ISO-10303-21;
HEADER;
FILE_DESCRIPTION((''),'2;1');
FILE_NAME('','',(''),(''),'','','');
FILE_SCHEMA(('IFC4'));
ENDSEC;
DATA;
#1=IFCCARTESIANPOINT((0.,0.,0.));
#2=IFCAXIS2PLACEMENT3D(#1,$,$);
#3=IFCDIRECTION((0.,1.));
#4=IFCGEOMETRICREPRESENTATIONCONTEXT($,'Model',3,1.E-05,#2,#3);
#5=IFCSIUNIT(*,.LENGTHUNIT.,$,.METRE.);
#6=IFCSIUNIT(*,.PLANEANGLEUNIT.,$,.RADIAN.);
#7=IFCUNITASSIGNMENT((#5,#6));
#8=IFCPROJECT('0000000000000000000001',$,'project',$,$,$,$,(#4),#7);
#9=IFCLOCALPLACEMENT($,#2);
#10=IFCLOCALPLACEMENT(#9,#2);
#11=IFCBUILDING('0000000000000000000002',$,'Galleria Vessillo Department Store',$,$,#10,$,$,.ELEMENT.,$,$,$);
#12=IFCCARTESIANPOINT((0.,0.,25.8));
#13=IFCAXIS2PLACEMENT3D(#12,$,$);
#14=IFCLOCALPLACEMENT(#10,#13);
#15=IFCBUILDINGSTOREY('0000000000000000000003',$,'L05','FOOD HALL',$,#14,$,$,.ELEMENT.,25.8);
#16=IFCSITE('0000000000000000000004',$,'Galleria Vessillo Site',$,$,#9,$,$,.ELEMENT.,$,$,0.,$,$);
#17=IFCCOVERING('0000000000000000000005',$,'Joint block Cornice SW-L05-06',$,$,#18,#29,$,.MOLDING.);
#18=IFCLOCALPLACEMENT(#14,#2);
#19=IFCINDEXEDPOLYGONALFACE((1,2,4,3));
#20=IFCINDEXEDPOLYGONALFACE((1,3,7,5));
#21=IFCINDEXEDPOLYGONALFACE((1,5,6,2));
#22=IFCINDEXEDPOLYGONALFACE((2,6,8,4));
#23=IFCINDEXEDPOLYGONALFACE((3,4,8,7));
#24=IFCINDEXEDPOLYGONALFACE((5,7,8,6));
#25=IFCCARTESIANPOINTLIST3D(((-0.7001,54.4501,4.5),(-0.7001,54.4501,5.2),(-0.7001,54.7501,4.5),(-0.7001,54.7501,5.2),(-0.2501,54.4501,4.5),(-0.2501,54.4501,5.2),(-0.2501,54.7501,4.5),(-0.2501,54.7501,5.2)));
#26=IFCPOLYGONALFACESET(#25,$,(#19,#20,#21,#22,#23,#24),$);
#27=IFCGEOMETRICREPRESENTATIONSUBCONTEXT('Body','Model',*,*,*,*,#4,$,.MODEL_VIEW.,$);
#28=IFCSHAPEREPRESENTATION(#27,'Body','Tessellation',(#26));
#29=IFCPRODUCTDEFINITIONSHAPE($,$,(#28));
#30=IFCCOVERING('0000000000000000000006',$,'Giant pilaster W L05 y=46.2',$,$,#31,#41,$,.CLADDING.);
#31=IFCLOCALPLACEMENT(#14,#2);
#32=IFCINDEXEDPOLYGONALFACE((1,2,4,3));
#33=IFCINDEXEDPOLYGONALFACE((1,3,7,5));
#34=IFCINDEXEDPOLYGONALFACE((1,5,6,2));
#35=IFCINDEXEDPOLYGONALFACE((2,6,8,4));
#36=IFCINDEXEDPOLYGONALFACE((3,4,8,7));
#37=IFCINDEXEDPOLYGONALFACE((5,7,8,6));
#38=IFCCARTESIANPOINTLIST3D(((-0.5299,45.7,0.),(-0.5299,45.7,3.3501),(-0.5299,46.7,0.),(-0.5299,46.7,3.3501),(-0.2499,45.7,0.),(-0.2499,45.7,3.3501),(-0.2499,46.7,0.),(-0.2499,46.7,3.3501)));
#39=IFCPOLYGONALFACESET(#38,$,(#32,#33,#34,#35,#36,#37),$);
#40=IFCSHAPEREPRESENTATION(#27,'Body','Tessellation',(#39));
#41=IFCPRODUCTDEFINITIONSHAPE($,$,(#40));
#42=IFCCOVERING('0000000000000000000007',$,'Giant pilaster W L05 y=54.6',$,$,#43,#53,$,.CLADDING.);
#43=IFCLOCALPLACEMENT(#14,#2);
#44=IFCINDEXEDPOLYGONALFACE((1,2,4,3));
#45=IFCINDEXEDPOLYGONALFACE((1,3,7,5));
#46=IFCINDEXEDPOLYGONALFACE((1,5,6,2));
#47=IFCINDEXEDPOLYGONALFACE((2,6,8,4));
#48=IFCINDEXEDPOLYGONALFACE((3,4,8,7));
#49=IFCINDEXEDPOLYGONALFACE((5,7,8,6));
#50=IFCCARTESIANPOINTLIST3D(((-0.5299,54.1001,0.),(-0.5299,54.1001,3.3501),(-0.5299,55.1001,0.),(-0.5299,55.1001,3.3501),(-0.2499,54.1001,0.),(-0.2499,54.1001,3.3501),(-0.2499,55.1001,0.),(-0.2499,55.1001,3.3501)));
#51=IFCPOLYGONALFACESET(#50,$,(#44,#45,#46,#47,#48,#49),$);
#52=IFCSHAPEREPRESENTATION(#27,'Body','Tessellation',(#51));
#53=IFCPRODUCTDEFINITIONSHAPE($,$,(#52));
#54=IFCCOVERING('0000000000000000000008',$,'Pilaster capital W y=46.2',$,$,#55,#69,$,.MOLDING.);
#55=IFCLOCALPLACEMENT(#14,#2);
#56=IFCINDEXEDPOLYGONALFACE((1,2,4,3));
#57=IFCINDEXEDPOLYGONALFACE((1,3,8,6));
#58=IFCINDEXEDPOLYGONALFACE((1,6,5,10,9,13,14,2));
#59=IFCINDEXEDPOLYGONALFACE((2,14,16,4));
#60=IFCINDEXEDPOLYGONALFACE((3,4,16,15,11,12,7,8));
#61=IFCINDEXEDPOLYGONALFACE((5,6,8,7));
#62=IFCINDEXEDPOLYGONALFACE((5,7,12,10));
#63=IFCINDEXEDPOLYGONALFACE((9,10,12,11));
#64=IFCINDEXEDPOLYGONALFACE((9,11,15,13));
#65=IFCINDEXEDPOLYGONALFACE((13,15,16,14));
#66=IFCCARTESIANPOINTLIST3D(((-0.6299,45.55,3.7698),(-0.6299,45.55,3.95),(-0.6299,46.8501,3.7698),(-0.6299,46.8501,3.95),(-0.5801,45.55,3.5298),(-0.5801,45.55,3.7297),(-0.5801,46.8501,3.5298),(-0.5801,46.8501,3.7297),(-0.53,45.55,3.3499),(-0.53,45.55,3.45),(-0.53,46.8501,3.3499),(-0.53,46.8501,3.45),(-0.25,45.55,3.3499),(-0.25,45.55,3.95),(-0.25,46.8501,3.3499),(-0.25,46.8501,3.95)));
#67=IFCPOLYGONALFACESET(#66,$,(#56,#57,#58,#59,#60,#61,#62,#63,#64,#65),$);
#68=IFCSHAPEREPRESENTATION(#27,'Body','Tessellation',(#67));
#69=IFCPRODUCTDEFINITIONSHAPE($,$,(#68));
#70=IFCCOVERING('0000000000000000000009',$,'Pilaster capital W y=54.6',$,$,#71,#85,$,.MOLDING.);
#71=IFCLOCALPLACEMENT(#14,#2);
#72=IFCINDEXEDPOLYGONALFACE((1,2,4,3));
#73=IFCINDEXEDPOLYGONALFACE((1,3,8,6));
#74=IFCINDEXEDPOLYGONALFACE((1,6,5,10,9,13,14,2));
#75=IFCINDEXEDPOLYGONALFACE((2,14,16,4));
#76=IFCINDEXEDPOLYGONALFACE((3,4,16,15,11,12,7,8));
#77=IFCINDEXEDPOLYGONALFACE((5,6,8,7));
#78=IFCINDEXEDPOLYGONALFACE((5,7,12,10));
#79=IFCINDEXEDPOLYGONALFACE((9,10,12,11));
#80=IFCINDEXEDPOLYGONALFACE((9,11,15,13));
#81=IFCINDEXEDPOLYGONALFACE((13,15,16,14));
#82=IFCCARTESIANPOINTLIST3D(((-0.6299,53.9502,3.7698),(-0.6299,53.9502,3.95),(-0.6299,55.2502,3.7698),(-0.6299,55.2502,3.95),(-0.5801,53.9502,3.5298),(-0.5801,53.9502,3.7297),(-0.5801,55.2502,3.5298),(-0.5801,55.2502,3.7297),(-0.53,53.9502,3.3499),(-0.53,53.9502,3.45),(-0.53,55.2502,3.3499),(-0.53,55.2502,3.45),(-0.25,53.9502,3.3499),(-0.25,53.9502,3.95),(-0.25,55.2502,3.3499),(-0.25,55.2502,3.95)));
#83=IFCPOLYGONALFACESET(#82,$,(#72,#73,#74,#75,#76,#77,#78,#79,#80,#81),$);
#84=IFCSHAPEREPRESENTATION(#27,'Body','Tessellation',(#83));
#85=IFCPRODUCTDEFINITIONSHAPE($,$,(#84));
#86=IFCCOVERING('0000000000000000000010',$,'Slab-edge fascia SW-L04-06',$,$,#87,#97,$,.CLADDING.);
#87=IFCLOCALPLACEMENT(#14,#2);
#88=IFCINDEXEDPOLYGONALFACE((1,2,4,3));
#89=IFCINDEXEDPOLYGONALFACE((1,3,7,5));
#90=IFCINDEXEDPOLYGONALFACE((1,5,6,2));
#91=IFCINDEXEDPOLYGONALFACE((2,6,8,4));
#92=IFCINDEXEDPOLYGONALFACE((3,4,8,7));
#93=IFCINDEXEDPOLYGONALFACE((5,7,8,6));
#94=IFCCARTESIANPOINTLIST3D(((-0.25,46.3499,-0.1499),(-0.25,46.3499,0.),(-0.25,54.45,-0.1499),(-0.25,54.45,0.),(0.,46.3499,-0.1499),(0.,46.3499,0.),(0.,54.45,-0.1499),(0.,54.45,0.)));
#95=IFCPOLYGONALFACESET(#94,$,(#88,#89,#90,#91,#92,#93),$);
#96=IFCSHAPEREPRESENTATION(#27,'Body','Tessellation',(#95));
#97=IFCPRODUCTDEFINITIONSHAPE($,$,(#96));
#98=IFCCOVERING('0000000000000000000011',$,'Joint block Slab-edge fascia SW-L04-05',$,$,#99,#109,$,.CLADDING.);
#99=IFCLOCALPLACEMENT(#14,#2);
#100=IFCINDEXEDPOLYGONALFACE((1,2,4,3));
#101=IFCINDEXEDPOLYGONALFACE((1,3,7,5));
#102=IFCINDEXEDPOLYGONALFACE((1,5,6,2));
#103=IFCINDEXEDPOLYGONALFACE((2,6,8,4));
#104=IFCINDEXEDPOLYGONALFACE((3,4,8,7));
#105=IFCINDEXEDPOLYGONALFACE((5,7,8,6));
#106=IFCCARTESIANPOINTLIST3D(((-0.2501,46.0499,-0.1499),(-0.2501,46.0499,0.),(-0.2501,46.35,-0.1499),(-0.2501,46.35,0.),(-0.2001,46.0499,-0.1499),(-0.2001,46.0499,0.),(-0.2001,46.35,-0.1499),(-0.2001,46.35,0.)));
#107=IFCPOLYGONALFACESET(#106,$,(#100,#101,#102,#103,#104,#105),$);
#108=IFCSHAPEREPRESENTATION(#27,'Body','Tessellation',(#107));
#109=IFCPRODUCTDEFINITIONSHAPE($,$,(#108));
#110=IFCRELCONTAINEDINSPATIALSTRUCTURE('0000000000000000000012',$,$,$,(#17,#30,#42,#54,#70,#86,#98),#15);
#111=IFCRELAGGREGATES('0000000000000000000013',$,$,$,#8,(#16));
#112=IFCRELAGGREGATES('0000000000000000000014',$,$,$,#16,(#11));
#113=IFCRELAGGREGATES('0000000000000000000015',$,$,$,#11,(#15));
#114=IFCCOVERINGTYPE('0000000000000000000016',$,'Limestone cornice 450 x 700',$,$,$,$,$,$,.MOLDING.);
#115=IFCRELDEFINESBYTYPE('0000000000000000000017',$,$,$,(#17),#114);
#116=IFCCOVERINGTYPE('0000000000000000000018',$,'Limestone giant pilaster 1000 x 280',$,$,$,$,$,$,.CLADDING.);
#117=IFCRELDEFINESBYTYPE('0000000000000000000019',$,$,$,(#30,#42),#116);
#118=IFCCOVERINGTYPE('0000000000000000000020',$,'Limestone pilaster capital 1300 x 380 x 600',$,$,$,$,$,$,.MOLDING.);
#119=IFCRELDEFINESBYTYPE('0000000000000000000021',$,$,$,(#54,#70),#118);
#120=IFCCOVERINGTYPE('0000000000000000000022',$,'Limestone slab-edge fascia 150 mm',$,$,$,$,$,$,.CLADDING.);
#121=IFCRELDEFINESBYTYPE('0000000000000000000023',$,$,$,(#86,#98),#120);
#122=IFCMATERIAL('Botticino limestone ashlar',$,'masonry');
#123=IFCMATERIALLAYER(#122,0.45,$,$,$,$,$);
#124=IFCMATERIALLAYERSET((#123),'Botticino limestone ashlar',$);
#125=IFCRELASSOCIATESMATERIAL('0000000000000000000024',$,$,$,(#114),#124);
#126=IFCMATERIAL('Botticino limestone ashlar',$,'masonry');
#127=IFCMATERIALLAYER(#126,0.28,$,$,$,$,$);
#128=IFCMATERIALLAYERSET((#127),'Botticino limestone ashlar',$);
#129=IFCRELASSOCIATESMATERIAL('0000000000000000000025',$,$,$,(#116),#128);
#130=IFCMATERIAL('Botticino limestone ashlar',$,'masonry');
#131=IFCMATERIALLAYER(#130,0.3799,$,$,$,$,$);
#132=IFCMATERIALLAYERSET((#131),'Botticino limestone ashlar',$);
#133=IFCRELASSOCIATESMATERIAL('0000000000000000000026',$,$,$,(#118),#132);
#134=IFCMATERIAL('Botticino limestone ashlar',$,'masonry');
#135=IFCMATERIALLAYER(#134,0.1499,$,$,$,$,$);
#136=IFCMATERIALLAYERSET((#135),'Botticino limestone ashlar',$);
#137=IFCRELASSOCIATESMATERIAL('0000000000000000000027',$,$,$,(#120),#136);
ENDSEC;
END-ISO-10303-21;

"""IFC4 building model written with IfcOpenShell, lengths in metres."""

from ifc_helpers import new_model, si_unit, direction, frame, origin, origin_2d, place, context, subcontext, project, spatial, polyline, rectangle, outline, extrude, material, layer, layer_set, type_object, element, save


model = new_model("IFC4")

# Units and contexts
model_context = context("Model", 3, precision=1e-05, world=origin(), true_north=direction((0.0, 1.0)))
body_context = subcontext(model_context, "Body", "Model", "MODEL_VIEW")
ifc_project = project(units=[si_unit("LENGTHUNIT", "METRE"), si_unit("PLANEANGLEUNIT", "RADIAN")], contexts=[model_context])

# Site, building, storey
site_placement = place(None, origin())
site = spatial("IfcSite", under=ifc_project, at=site_placement, Name="Galleria Vessillo Site", CompositionType="ELEMENT", RefElevation=0.0)
building_placement = place(site_placement, origin())
building = spatial("IfcBuilding", under=site, at=building_placement, Name="Galleria Vessillo Department Store", CompositionType="ELEMENT")
storey_placement = place(building_placement, frame((0.0, 0.0, 25.8)))
storey = spatial("IfcBuildingStorey", under=building, at=storey_placement, Name="L05", Description="FOOD HALL", CompositionType="ELEMENT", Elevation=25.8)

# Coverings
ifc_material_1 = material(Name="Botticino limestone ashlar", Category="masonry")
ifc_layer_1 = layer(ifc_material_1, 0.45)
ifc_layer_set_1 = layer_set([ifc_layer_1], Name="Botticino limestone ashlar")
covering_type_1 = type_object("IfcCoveringType", Name="Limestone cornice 450 x 700", PredefinedType="MOLDING", material=ifc_layer_set_1)
for number, where, z_axis, x_axis, name in (
    (1, (-0.4751, 54.6001, 4.5), (0.0, 0.0, 1.0), (1.0, 0.0, 0.0), "Joint block Cornice SW-L05-06"),
):
    element("IfcCovering", number, at=place(storey_placement, frame(where, z_axis=z_axis, x_axis=x_axis)), inside=storey, type_object=covering_type_1, Name=name, PredefinedType="MOLDING", context=body_context, shape_type="SweptSolid", body=[
        extrude(rectangle(XDim=0.45, YDim=0.3, at=origin_2d()), origin(), (0.0, 0.0, 1.0), 0.7),
    ])
ifc_material_2 = material(Name="Botticino limestone ashlar", Category="masonry")
ifc_layer_2 = layer(ifc_material_2, 0.28)
ifc_layer_set_2 = layer_set([ifc_layer_2], Name="Botticino limestone ashlar")
covering_type_2 = type_object("IfcCoveringType", Name="Limestone giant pilaster 1000 x 280", PredefinedType="CLADDING", material=ifc_layer_set_2)
for number, where, z_axis, x_axis, name in (
    (2, (-0.3899, 46.2, 0.0), (0.0, 0.0, 1.0), (1.0, 0.0, 0.0), "Giant pilaster W L05 y=46.2"),
    (3, (-0.3899, 54.6001, 0.0), (0.0, 0.0, 1.0), (1.0, 0.0, 0.0), "Giant pilaster W L05 y=54.6"),
):
    element("IfcCovering", number, at=place(storey_placement, frame(where, z_axis=z_axis, x_axis=x_axis)), inside=storey, type_object=covering_type_2, Name=name, PredefinedType="CLADDING", context=body_context, shape_type="SweptSolid", body=[
        extrude(rectangle(XDim=0.28, YDim=1.0, at=origin_2d()), origin(), (0.0, 0.0, 1.0), 3.3501),
    ])
ifc_material_3 = material(Name="Botticino limestone ashlar", Category="masonry")
ifc_layer_3 = layer(ifc_material_3, 0.3799)
ifc_layer_set_3 = layer_set([ifc_layer_3], Name="Botticino limestone ashlar")
covering_type_3 = type_object("IfcCoveringType", Name="Limestone pilaster capital 1300 x 380 x 600", PredefinedType="MOLDING", material=ifc_layer_set_3)
for number, where, z_axis, x_axis, name in (
    (4, (0.0, 45.55, 3.3499), (0.0, 1.0, 0.0), (-1.0, 0.0, 0.0), "Pilaster capital W y=46.2"),
    (5, (0.0, 53.9502, 3.3499), (0.0, 1.0, 0.0), (-1.0, 0.0, 0.0), "Pilaster capital W y=54.6"),
):
    element("IfcCovering", number, at=place(storey_placement, frame(where, z_axis=z_axis, x_axis=x_axis)), inside=storey, type_object=covering_type_3, Name=name, PredefinedType="MOLDING", context=body_context, shape_type="SweptSolid", body=[
        extrude(outline(polyline([(0.25, 0.0), (0.53, 0.0), (0.53, 0.1001), (0.5801, 0.1799), (0.5801, 0.3799), (0.6299, 0.4199), (0.6299, 0.6001), (0.25, 0.6001), (0.25, 0.0)])), origin(), (0.0, 0.0, 1.0), 1.3),
    ])
ifc_material_4 = material(Name="Botticino limestone ashlar", Category="masonry")
ifc_layer_4 = layer(ifc_material_4, 0.1499)
ifc_layer_set_4 = layer_set([ifc_layer_4], Name="Botticino limestone ashlar")
covering_type_4 = type_object("IfcCoveringType", Name="Limestone slab-edge fascia 150 mm", PredefinedType="CLADDING", material=ifc_layer_set_4)
covering_1_placement = place(storey_placement, frame((-0.125, 50.3999, -0.1499), z_axis=(0.0, 0.0, 1.0), x_axis=(1.0, 0.0, 0.0)))
element("IfcCovering", 6, at=covering_1_placement, inside=storey, type_object=covering_type_4, Name="Slab-edge fascia SW-L04-06", PredefinedType="CLADDING", context=body_context, shape_type="SweptSolid", body=[
    extrude(rectangle(XDim=0.25, YDim=8.1001, at=origin_2d()), origin(), (0.0, 0.0, 1.0), 0.1499),
])
covering_2_placement = place(storey_placement, frame((-0.2251, 46.2, -0.1499), z_axis=(0.0, 0.0, 1.0), x_axis=(1.0, 0.0, 0.0)))
element("IfcCovering", 7, at=covering_2_placement, inside=storey, type_object=covering_type_4, Name="Joint block Slab-edge fascia SW-L04-05", PredefinedType="CLADDING", context=body_context, shape_type="SweptSolid", body=[
    extrude(rectangle(XDim=0.05, YDim=0.3, at=origin_2d()), origin(), (0.0, 0.0, 1.0), 0.1499),
])

save(model, "model.ifc")
